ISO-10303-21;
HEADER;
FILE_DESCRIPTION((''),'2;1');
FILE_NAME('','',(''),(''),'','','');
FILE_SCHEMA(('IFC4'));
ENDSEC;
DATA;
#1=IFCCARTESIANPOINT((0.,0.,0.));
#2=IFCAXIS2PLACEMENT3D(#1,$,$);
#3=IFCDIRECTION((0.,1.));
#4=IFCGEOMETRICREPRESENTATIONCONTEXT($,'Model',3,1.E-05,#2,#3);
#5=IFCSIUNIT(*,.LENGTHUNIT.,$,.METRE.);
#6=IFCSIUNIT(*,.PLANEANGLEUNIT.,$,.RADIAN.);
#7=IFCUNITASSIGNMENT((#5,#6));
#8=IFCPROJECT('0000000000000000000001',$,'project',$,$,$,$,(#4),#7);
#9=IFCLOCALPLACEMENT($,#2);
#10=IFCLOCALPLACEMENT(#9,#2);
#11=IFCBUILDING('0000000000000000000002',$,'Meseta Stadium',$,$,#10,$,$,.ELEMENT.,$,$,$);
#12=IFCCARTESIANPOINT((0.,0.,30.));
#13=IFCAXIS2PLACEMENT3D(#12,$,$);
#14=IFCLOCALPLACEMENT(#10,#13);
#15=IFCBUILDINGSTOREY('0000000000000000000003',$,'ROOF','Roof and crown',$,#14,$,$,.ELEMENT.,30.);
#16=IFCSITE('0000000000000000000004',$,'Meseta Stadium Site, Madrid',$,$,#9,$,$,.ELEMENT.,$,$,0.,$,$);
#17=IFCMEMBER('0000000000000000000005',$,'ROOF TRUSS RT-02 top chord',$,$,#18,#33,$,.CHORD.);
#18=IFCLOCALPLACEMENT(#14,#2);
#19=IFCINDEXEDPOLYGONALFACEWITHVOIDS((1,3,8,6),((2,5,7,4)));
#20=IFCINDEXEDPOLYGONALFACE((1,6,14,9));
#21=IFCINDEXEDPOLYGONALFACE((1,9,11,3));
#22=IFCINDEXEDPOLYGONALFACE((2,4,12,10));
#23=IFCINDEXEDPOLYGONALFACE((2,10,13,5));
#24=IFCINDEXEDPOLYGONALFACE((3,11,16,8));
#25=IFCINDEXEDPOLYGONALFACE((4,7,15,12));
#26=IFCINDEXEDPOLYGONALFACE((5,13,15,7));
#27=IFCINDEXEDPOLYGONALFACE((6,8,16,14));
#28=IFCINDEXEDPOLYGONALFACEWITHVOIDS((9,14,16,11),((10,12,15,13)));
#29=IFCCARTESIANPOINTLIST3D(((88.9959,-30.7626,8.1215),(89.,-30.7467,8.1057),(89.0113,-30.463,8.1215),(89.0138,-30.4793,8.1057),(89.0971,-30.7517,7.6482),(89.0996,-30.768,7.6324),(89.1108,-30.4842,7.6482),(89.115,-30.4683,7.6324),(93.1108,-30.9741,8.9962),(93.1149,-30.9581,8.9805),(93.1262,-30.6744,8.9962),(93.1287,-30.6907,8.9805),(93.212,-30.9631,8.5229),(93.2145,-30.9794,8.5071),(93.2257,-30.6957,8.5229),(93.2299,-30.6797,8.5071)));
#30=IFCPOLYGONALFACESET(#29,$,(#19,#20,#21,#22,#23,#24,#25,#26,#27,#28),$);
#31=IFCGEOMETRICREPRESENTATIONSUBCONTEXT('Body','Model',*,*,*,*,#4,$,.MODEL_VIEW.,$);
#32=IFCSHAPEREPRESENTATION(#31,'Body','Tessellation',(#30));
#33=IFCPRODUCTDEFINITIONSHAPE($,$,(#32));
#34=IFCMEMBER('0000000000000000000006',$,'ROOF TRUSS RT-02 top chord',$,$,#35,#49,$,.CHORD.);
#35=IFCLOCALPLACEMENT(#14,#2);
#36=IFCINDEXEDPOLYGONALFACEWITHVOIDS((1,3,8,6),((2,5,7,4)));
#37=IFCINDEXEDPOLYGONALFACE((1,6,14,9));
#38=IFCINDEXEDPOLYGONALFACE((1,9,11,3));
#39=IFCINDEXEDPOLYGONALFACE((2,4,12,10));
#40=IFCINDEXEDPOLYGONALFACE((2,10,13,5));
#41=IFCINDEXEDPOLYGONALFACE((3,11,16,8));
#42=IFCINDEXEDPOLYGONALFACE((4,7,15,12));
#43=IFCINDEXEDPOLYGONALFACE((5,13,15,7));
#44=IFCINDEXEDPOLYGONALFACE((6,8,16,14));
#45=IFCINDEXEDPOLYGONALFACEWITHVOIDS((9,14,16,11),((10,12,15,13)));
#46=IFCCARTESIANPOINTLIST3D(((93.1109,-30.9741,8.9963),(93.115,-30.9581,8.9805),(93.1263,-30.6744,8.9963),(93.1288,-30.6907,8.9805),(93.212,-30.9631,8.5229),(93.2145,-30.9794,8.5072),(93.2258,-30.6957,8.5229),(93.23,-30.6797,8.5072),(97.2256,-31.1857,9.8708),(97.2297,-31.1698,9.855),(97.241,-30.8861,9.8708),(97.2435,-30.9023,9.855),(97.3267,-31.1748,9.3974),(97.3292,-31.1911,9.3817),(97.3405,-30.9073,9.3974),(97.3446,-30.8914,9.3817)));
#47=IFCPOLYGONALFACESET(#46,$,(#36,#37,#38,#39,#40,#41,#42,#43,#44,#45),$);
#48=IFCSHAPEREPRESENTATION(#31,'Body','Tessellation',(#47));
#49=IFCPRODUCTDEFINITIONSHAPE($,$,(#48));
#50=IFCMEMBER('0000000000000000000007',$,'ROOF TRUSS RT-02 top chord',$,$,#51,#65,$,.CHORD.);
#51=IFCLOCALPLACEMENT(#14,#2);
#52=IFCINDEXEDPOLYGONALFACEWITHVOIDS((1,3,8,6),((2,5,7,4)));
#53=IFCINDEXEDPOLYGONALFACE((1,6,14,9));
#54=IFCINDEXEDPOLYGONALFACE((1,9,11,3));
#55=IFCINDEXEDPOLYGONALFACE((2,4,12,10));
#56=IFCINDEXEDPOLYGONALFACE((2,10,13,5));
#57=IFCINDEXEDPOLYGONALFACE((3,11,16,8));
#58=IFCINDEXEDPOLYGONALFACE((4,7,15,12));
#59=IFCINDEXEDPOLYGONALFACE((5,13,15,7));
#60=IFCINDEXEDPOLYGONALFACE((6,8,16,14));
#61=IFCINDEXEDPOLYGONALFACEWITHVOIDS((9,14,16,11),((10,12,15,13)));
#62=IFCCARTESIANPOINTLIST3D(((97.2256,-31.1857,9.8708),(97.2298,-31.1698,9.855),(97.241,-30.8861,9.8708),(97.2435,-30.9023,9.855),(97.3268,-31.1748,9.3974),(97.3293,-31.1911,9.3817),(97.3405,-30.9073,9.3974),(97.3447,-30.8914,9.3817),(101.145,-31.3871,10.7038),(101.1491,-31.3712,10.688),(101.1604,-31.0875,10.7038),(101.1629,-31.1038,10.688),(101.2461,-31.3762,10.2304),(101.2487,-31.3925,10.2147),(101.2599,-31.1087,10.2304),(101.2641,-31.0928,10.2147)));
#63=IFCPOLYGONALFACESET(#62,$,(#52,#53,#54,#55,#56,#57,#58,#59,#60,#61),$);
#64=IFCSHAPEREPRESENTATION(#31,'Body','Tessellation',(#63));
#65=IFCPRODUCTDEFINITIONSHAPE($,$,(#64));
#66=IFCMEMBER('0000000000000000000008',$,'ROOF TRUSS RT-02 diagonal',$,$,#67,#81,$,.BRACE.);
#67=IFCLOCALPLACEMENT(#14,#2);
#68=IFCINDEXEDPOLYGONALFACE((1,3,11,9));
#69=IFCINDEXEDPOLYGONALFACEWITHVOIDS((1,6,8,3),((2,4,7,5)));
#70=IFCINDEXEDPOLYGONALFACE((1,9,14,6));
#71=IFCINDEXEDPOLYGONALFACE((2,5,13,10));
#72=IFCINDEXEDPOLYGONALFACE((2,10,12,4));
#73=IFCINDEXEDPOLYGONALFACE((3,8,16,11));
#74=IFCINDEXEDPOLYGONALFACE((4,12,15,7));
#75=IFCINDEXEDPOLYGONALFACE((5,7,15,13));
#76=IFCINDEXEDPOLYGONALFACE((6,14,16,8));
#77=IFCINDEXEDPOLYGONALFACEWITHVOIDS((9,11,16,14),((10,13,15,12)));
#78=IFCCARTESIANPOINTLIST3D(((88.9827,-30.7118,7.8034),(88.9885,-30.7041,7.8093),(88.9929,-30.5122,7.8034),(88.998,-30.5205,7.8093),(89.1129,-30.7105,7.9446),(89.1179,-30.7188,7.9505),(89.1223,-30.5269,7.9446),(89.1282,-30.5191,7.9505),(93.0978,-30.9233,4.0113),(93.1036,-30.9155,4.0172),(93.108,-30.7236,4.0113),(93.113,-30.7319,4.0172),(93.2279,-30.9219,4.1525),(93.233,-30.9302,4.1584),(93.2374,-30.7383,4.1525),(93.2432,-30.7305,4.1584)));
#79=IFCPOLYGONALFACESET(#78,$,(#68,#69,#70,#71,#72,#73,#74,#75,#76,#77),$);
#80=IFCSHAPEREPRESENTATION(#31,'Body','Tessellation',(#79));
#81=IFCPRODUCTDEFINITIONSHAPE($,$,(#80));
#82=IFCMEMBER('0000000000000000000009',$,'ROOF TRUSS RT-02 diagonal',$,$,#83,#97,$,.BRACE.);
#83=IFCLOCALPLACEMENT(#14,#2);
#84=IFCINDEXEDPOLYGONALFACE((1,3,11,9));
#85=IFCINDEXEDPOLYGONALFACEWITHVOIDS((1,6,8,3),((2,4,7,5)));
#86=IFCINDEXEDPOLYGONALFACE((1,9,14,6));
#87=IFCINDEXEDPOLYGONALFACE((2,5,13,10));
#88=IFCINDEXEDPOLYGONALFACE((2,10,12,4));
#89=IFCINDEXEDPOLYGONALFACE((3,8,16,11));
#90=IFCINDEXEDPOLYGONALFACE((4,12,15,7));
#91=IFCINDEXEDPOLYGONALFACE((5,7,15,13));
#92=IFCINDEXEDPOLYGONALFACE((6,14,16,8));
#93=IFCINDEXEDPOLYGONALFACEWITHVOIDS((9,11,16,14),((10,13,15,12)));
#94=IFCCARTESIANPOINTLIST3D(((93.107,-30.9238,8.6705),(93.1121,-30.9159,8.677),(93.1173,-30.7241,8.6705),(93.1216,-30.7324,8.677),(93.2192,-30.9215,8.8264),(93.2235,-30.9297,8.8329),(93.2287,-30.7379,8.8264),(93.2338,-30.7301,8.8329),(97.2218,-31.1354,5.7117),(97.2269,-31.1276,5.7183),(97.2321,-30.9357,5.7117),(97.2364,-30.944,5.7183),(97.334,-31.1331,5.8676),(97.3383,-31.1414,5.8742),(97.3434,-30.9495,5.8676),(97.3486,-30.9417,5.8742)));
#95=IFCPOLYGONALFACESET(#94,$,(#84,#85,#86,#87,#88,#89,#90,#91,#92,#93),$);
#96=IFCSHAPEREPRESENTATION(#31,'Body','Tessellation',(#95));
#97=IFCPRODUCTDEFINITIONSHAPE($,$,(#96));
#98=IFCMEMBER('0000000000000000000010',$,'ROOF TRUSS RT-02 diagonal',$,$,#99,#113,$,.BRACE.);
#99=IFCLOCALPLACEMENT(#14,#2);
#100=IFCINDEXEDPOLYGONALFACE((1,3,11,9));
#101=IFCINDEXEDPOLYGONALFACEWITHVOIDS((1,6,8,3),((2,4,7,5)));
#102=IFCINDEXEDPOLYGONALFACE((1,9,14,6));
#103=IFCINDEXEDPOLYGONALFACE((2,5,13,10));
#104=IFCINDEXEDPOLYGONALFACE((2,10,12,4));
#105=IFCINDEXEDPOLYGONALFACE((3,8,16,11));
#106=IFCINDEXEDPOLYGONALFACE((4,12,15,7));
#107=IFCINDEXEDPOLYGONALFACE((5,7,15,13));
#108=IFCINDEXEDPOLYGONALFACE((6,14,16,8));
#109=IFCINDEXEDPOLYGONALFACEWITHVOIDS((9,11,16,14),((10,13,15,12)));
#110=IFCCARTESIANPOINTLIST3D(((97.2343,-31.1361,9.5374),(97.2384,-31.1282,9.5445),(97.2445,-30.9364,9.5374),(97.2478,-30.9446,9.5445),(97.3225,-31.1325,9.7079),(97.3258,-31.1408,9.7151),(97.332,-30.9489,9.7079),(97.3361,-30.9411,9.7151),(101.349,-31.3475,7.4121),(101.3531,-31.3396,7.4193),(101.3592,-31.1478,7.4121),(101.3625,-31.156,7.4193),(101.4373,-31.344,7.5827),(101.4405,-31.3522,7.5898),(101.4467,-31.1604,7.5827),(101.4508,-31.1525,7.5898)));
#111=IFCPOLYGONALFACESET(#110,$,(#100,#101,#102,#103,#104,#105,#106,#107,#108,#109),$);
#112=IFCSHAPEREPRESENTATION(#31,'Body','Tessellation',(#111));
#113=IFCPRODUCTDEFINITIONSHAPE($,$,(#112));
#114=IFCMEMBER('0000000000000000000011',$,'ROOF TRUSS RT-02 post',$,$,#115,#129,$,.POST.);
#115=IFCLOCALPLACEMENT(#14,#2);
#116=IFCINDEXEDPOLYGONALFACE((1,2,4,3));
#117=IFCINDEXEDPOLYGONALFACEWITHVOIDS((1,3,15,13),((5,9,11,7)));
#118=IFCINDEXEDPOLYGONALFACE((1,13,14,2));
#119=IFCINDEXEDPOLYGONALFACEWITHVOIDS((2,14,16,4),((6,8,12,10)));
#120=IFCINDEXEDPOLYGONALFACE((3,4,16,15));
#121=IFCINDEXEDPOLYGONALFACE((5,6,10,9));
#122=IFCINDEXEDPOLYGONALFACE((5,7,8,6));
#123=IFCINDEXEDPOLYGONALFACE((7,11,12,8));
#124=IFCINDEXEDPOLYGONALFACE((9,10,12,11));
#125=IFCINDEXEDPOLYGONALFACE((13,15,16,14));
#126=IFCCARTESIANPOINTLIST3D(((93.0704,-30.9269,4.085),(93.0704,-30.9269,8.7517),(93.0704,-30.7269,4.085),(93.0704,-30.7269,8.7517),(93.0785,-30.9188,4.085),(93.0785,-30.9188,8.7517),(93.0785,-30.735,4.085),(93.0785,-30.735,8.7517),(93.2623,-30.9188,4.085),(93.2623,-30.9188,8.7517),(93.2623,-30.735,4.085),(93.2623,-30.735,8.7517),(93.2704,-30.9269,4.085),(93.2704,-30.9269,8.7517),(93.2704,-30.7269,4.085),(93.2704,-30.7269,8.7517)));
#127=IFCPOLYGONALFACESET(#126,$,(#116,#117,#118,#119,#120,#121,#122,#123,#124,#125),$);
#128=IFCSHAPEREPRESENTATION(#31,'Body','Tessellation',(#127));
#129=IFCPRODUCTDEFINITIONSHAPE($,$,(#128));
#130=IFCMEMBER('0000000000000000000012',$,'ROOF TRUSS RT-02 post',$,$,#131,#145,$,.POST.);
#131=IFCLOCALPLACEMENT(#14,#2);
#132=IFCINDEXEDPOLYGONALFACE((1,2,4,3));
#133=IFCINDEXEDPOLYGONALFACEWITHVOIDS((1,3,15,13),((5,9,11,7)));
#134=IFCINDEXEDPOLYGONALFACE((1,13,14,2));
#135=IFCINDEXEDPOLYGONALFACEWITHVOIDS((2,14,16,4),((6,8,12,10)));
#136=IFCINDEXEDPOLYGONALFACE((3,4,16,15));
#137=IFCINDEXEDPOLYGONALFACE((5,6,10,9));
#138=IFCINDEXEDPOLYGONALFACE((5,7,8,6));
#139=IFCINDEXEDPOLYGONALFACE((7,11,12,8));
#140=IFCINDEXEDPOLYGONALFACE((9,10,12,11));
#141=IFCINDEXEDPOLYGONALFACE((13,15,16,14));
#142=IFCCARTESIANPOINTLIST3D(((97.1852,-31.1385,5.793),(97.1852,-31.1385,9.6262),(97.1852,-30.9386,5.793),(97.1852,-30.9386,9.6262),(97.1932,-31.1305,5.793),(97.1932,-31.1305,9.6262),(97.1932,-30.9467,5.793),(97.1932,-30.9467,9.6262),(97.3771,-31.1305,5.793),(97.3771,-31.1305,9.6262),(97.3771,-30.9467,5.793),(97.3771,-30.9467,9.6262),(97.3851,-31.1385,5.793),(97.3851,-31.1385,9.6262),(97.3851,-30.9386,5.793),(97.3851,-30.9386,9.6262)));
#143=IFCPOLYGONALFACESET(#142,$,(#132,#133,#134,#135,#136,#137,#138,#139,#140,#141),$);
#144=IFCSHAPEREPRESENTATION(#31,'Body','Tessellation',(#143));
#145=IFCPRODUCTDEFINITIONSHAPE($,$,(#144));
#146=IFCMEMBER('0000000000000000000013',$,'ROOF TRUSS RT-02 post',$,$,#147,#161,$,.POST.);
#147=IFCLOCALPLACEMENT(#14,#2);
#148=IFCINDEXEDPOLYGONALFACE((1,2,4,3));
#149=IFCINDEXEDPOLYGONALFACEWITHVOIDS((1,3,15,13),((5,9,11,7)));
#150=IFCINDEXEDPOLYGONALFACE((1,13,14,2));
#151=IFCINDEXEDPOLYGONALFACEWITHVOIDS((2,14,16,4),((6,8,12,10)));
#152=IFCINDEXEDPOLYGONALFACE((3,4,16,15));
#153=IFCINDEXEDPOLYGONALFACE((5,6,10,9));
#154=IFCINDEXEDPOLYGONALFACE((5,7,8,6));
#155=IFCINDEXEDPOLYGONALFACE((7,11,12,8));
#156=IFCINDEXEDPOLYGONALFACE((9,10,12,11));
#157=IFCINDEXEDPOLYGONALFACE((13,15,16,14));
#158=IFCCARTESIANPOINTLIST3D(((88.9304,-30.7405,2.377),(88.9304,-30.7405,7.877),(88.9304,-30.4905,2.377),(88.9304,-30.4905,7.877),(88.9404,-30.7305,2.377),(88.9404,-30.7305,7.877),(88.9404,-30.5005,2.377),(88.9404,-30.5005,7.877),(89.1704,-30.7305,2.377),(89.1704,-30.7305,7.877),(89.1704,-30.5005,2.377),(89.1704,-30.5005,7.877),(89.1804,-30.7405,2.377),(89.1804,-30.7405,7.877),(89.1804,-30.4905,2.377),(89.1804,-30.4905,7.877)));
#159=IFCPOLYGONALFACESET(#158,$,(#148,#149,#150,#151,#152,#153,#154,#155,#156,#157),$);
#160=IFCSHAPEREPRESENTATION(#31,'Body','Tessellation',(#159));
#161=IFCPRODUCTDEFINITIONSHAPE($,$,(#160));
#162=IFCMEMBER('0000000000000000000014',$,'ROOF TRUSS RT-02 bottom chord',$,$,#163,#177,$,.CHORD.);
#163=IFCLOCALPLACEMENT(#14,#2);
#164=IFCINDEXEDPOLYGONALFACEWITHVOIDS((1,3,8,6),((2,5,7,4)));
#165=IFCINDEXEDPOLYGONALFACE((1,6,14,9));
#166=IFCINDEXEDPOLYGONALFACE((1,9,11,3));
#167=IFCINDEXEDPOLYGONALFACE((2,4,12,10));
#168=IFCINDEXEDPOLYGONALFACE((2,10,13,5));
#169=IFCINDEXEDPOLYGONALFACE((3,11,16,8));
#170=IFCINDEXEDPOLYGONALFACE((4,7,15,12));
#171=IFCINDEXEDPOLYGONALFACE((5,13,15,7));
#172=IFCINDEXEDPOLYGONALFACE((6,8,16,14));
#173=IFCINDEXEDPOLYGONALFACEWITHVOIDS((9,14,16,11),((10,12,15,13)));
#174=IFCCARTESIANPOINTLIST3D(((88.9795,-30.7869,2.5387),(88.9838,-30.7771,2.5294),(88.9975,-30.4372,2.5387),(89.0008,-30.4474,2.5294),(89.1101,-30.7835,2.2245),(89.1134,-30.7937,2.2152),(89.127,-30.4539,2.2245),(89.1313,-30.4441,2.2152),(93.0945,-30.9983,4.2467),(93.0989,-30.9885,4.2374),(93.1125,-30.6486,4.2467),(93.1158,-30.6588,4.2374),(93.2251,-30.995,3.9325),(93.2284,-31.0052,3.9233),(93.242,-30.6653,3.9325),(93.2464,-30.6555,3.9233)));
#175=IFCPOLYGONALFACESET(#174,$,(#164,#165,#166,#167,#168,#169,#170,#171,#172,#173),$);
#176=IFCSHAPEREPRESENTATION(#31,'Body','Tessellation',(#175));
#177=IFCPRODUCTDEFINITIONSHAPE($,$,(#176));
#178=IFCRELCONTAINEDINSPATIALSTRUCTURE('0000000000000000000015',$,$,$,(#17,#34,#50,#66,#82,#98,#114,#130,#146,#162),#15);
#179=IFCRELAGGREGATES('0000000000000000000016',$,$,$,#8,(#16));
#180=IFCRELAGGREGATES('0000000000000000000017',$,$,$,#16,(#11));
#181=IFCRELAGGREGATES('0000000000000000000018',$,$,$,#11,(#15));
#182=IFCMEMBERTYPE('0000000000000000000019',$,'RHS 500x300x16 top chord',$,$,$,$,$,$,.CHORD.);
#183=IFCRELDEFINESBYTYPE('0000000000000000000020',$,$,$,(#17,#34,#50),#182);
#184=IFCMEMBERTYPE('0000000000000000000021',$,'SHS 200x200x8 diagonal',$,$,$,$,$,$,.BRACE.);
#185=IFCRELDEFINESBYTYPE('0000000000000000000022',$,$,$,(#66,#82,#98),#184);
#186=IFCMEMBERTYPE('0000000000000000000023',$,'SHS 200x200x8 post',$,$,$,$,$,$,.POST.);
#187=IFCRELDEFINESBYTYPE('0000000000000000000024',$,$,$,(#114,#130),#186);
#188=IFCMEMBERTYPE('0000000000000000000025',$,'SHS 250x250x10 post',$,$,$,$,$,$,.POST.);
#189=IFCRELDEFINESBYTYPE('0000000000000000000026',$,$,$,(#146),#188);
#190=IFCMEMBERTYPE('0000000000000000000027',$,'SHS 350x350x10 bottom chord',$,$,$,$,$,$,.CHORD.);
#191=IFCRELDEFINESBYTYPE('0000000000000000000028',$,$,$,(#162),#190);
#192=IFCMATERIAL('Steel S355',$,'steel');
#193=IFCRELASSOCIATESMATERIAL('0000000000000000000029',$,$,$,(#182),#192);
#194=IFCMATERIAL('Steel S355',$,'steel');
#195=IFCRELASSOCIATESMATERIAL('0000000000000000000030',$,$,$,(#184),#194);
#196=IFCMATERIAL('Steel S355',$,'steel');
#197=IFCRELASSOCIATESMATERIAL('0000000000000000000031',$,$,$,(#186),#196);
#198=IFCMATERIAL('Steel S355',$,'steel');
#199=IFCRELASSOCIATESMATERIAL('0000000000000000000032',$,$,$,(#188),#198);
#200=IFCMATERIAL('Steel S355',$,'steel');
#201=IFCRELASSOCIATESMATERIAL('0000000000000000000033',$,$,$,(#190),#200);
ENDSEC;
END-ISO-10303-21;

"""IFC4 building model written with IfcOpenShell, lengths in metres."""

from ifc_helpers import new_model, si_unit, direction, frame, origin, origin_2d, place, context, subcontext, project, spatial, hollow_rectangle, extrude, material, material_profile, profile_set, type_object, element, save


model = new_model("IFC4")

# Units and contexts
model_context = context("Model", 3, precision=1e-05, world=origin(), true_north=direction((0.0, 1.0)))
body_context = subcontext(model_context, "Body", "Model", "MODEL_VIEW")
ifc_project = project(units=[si_unit("LENGTHUNIT", "METRE"), si_unit("PLANEANGLEUNIT", "RADIAN")], contexts=[model_context])

# Site, building, storey
site_placement = place(None, origin())
site = spatial("IfcSite", under=ifc_project, at=site_placement, Name="Meseta Stadium Site, Madrid", CompositionType="ELEMENT", RefElevation=0.0)
building_placement = place(site_placement, origin())
building = spatial("IfcBuilding", under=site, at=building_placement, Name="Meseta Stadium", CompositionType="ELEMENT")
storey_placement = place(building_placement, frame((0.0, 0.0, 30.0)))
storey = spatial("IfcBuildingStorey", under=building, at=storey_placement, Name="ROOF", Description="Roof and crown", CompositionType="ELEMENT", Elevation=30.0)

# Members
ifc_material_1 = material(Name="Steel S355", Category="steel")
ifc_material_profile_1 = material_profile(ifc_material_1, hollow_rectangle(XDim=0.3, YDim=0.5, WallThickness=0.0161, at=origin_2d()), Name="RHS 500x300x16")
ifc_profile_set_1 = profile_set([ifc_material_profile_1], Name="Steel S355")
member_type_1 = type_object("IfcMemberType", Name="RHS 500x300x16 top chord", PredefinedType="CHORD", material=ifc_profile_set_1)
member_1_placement = place(storey_placement, frame((89.0554, -30.6155, 7.877), z_axis=(0.97691, -0.050193, 0.20767), x_axis=(0.051312, 0.998683, 0.0)))
element("IfcMember", 1, at=member_1_placement, inside=storey, type_object=member_type_1, Name="ROOF TRUSS RT-02 top chord", PredefinedType="CHORD", context=body_context, shape_type="SweptSolid", body=[
    extrude(hollow_rectangle(XDim=0.3, YDim=0.5, WallThickness=0.0161, at=origin_2d()), origin(), (0.0, 0.0, 1.0), 4.2122),
])
member_2_placement = place(storey_placement, frame((93.1704, -30.8269, 8.7517), z_axis=(0.976917, -0.050254, 0.207625), x_axis=(0.051374, 0.998679, 0.0)))
element("IfcMember", 2, at=member_2_placement, inside=storey, type_object=member_type_1, Name="ROOF TRUSS RT-02 top chord", PredefinedType="CHORD", context=body_context, shape_type="SweptSolid", body=[
    extrude(hollow_rectangle(XDim=0.3, YDim=0.5, WallThickness=0.0161, at=origin_2d()), origin(), (0.0, 0.0, 1.0), 4.2119),
])
member_3_placement = place(storey_placement, frame((97.2852, -31.0386, 9.6262), z_axis=(0.976919, -0.050203, 0.207627), x_axis=(0.051321, 0.998682, 0.0)))
element("IfcMember", 3, at=member_3_placement, inside=storey, type_object=member_type_1, Name="ROOF TRUSS RT-02 top chord", PredefinedType="CHORD", context=body_context, shape_type="SweptSolid", body=[
    extrude(hollow_rectangle(XDim=0.3, YDim=0.5, WallThickness=0.0161, at=origin_2d()), origin(), (0.0, 0.0, 1.0), 4.012),
])
ifc_material_2 = material(Name="Steel S355", Category="steel")
ifc_material_profile_2 = material_profile(ifc_material_2, hollow_rectangle(XDim=0.2, YDim=0.2, WallThickness=0.0081, at=origin_2d()), Name="SHS 200x200x8")
ifc_profile_set_2 = profile_set([ifc_material_profile_2], Name="Steel S355")
member_type_2 = type_object("IfcMemberType", Name="SHS 200x200x8 diagonal", PredefinedType="BRACE", material=ifc_profile_set_2)
member_4_placement = place(storey_placement, frame((89.0554, -30.6155, 7.877), z_axis=(0.734854, -0.037756, -0.677173), x_axis=(0.051312, 0.998683, 0.0)))
element("IfcMember", 4, at=member_4_placement, inside=storey, type_object=member_type_2, Name="ROOF TRUSS RT-02 diagonal", PredefinedType="BRACE", context=body_context, shape_type="SweptSolid", body=[
    extrude(hollow_rectangle(XDim=0.2, YDim=0.2, WallThickness=0.0081, at=origin_2d()), origin(), (0.0, 0.0, 1.0), 5.5999),
])
member_5_placement = place(storey_placement, frame((93.1704, -30.8269, 8.7517), z_axis=(0.81119, -0.041729, -0.583292), x_axis=(0.051374, 0.998679, 0.0)))
element("IfcMember", 5, at=member_5_placement, inside=storey, type_object=member_type_2, Name="ROOF TRUSS RT-02 diagonal", PredefinedType="BRACE", context=body_context, shape_type="SweptSolid", body=[
    extrude(hollow_rectangle(XDim=0.2, YDim=0.2, WallThickness=0.0081, at=origin_2d()), origin(), (0.0, 0.0, 1.0), 5.0725),
])
member_6_placement = place(storey_placement, frame((97.2852, -31.0386, 9.6262), z_axis=(0.887564, -0.045605, -0.458422), x_axis=(0.051315, 0.998683, 0.0)))
element("IfcMember", 6, at=member_6_placement, inside=storey, type_object=member_type_2, Name="ROOF TRUSS RT-02 diagonal", PredefinedType="BRACE", context=body_context, shape_type="SweptSolid", body=[
    extrude(hollow_rectangle(XDim=0.2, YDim=0.2, WallThickness=0.0081, at=origin_2d()), origin(), (0.0, 0.0, 1.0), 4.636),
])
ifc_material_3 = material(Name="Steel S355", Category="steel")
ifc_material_profile_3 = material_profile(ifc_material_3, hollow_rectangle(XDim=0.2, YDim=0.2, WallThickness=0.0081, at=origin_2d()), Name="SHS 200x200x8")
ifc_profile_set_3 = profile_set([ifc_material_profile_3], Name="Steel S355")
member_type_3 = type_object("IfcMemberType", Name="SHS 200x200x8 post", PredefinedType="POST", material=ifc_profile_set_3)
member_7_placement = place(storey_placement, frame((93.1704, -30.8269, 4.085), z_axis=(0.0, 0.0, 1.0), x_axis=(1.0, 0.0, 0.0)))
element("IfcMember", 7, at=member_7_placement, inside=storey, type_object=member_type_3, Name="ROOF TRUSS RT-02 post", PredefinedType="POST", context=body_context, shape_type="SweptSolid", body=[
    extrude(hollow_rectangle(XDim=0.2, YDim=0.2, WallThickness=0.0081, at=origin_2d()), origin(), (0.0, 0.0, 1.0), 4.6667),
])
member_8_placement = place(storey_placement, frame((97.2852, -31.0386, 5.793), z_axis=(0.0, 0.0, 1.0), x_axis=(1.0, 0.0, 0.0)))
element("IfcMember", 8, at=member_8_placement, inside=storey, type_object=member_type_3, Name="ROOF TRUSS RT-02 post", PredefinedType="POST", context=body_context, shape_type="SweptSolid", body=[
    extrude(hollow_rectangle(XDim=0.2, YDim=0.2, WallThickness=0.0081, at=origin_2d()), origin(), (0.0, 0.0, 1.0), 3.8333),
])
ifc_material_4 = material(Name="Steel S355", Category="steel")
ifc_material_profile_4 = material_profile(ifc_material_4, hollow_rectangle(XDim=0.25, YDim=0.25, WallThickness=0.01, at=origin_2d()), Name="SHS 250x250x10")
ifc_profile_set_4 = profile_set([ifc_material_profile_4], Name="Steel S355")
member_type_4 = type_object("IfcMemberType", Name="SHS 250x250x10 post", PredefinedType="POST", material=ifc_profile_set_4)
member_9_placement = place(storey_placement, frame((89.0554, -30.6155, 2.377), z_axis=(0.0, 0.0, 1.0), x_axis=(1.0, 0.0, 0.0)))
element("IfcMember", 9, at=member_9_placement, inside=storey, type_object=member_type_4, Name="ROOF TRUSS RT-02 post", PredefinedType="POST", context=body_context, shape_type="SweptSolid", body=[
    extrude(hollow_rectangle(XDim=0.25, YDim=0.25, WallThickness=0.01, at=origin_2d()), origin(), (0.0, 0.0, 1.0), 5.5),
])
ifc_material_5 = material(Name="Steel S355", Category="steel")
ifc_material_profile_5 = material_profile(ifc_material_5, hollow_rectangle(XDim=0.3501, YDim=0.3501, WallThickness=0.01, at=origin_2d()), Name="SHS 350x350x10")
ifc_profile_set_5 = profile_set([ifc_material_profile_5], Name="Steel S355")
member_type_5 = type_object("IfcMemberType", Name="SHS 350x350x10 bottom chord", PredefinedType="CHORD", material=ifc_profile_set_5)
member_10_placement = place(storey_placement, frame((89.0554, -30.6155, 2.377), z_axis=(0.922562, -0.047401, 0.382927), x_axis=(0.051312, 0.998683, 0.0)))
element("IfcMember", 10, at=member_10_placement, inside=storey, type_object=member_type_5, Name="ROOF TRUSS RT-02 bottom chord", PredefinedType="CHORD", context=body_context, shape_type="SweptSolid", body=[
    extrude(hollow_rectangle(XDim=0.3501, YDim=0.3501, WallThickness=0.01, at=origin_2d()), origin(), (0.0, 0.0, 1.0), 4.4604),
])

save(model, "model.ifc")
